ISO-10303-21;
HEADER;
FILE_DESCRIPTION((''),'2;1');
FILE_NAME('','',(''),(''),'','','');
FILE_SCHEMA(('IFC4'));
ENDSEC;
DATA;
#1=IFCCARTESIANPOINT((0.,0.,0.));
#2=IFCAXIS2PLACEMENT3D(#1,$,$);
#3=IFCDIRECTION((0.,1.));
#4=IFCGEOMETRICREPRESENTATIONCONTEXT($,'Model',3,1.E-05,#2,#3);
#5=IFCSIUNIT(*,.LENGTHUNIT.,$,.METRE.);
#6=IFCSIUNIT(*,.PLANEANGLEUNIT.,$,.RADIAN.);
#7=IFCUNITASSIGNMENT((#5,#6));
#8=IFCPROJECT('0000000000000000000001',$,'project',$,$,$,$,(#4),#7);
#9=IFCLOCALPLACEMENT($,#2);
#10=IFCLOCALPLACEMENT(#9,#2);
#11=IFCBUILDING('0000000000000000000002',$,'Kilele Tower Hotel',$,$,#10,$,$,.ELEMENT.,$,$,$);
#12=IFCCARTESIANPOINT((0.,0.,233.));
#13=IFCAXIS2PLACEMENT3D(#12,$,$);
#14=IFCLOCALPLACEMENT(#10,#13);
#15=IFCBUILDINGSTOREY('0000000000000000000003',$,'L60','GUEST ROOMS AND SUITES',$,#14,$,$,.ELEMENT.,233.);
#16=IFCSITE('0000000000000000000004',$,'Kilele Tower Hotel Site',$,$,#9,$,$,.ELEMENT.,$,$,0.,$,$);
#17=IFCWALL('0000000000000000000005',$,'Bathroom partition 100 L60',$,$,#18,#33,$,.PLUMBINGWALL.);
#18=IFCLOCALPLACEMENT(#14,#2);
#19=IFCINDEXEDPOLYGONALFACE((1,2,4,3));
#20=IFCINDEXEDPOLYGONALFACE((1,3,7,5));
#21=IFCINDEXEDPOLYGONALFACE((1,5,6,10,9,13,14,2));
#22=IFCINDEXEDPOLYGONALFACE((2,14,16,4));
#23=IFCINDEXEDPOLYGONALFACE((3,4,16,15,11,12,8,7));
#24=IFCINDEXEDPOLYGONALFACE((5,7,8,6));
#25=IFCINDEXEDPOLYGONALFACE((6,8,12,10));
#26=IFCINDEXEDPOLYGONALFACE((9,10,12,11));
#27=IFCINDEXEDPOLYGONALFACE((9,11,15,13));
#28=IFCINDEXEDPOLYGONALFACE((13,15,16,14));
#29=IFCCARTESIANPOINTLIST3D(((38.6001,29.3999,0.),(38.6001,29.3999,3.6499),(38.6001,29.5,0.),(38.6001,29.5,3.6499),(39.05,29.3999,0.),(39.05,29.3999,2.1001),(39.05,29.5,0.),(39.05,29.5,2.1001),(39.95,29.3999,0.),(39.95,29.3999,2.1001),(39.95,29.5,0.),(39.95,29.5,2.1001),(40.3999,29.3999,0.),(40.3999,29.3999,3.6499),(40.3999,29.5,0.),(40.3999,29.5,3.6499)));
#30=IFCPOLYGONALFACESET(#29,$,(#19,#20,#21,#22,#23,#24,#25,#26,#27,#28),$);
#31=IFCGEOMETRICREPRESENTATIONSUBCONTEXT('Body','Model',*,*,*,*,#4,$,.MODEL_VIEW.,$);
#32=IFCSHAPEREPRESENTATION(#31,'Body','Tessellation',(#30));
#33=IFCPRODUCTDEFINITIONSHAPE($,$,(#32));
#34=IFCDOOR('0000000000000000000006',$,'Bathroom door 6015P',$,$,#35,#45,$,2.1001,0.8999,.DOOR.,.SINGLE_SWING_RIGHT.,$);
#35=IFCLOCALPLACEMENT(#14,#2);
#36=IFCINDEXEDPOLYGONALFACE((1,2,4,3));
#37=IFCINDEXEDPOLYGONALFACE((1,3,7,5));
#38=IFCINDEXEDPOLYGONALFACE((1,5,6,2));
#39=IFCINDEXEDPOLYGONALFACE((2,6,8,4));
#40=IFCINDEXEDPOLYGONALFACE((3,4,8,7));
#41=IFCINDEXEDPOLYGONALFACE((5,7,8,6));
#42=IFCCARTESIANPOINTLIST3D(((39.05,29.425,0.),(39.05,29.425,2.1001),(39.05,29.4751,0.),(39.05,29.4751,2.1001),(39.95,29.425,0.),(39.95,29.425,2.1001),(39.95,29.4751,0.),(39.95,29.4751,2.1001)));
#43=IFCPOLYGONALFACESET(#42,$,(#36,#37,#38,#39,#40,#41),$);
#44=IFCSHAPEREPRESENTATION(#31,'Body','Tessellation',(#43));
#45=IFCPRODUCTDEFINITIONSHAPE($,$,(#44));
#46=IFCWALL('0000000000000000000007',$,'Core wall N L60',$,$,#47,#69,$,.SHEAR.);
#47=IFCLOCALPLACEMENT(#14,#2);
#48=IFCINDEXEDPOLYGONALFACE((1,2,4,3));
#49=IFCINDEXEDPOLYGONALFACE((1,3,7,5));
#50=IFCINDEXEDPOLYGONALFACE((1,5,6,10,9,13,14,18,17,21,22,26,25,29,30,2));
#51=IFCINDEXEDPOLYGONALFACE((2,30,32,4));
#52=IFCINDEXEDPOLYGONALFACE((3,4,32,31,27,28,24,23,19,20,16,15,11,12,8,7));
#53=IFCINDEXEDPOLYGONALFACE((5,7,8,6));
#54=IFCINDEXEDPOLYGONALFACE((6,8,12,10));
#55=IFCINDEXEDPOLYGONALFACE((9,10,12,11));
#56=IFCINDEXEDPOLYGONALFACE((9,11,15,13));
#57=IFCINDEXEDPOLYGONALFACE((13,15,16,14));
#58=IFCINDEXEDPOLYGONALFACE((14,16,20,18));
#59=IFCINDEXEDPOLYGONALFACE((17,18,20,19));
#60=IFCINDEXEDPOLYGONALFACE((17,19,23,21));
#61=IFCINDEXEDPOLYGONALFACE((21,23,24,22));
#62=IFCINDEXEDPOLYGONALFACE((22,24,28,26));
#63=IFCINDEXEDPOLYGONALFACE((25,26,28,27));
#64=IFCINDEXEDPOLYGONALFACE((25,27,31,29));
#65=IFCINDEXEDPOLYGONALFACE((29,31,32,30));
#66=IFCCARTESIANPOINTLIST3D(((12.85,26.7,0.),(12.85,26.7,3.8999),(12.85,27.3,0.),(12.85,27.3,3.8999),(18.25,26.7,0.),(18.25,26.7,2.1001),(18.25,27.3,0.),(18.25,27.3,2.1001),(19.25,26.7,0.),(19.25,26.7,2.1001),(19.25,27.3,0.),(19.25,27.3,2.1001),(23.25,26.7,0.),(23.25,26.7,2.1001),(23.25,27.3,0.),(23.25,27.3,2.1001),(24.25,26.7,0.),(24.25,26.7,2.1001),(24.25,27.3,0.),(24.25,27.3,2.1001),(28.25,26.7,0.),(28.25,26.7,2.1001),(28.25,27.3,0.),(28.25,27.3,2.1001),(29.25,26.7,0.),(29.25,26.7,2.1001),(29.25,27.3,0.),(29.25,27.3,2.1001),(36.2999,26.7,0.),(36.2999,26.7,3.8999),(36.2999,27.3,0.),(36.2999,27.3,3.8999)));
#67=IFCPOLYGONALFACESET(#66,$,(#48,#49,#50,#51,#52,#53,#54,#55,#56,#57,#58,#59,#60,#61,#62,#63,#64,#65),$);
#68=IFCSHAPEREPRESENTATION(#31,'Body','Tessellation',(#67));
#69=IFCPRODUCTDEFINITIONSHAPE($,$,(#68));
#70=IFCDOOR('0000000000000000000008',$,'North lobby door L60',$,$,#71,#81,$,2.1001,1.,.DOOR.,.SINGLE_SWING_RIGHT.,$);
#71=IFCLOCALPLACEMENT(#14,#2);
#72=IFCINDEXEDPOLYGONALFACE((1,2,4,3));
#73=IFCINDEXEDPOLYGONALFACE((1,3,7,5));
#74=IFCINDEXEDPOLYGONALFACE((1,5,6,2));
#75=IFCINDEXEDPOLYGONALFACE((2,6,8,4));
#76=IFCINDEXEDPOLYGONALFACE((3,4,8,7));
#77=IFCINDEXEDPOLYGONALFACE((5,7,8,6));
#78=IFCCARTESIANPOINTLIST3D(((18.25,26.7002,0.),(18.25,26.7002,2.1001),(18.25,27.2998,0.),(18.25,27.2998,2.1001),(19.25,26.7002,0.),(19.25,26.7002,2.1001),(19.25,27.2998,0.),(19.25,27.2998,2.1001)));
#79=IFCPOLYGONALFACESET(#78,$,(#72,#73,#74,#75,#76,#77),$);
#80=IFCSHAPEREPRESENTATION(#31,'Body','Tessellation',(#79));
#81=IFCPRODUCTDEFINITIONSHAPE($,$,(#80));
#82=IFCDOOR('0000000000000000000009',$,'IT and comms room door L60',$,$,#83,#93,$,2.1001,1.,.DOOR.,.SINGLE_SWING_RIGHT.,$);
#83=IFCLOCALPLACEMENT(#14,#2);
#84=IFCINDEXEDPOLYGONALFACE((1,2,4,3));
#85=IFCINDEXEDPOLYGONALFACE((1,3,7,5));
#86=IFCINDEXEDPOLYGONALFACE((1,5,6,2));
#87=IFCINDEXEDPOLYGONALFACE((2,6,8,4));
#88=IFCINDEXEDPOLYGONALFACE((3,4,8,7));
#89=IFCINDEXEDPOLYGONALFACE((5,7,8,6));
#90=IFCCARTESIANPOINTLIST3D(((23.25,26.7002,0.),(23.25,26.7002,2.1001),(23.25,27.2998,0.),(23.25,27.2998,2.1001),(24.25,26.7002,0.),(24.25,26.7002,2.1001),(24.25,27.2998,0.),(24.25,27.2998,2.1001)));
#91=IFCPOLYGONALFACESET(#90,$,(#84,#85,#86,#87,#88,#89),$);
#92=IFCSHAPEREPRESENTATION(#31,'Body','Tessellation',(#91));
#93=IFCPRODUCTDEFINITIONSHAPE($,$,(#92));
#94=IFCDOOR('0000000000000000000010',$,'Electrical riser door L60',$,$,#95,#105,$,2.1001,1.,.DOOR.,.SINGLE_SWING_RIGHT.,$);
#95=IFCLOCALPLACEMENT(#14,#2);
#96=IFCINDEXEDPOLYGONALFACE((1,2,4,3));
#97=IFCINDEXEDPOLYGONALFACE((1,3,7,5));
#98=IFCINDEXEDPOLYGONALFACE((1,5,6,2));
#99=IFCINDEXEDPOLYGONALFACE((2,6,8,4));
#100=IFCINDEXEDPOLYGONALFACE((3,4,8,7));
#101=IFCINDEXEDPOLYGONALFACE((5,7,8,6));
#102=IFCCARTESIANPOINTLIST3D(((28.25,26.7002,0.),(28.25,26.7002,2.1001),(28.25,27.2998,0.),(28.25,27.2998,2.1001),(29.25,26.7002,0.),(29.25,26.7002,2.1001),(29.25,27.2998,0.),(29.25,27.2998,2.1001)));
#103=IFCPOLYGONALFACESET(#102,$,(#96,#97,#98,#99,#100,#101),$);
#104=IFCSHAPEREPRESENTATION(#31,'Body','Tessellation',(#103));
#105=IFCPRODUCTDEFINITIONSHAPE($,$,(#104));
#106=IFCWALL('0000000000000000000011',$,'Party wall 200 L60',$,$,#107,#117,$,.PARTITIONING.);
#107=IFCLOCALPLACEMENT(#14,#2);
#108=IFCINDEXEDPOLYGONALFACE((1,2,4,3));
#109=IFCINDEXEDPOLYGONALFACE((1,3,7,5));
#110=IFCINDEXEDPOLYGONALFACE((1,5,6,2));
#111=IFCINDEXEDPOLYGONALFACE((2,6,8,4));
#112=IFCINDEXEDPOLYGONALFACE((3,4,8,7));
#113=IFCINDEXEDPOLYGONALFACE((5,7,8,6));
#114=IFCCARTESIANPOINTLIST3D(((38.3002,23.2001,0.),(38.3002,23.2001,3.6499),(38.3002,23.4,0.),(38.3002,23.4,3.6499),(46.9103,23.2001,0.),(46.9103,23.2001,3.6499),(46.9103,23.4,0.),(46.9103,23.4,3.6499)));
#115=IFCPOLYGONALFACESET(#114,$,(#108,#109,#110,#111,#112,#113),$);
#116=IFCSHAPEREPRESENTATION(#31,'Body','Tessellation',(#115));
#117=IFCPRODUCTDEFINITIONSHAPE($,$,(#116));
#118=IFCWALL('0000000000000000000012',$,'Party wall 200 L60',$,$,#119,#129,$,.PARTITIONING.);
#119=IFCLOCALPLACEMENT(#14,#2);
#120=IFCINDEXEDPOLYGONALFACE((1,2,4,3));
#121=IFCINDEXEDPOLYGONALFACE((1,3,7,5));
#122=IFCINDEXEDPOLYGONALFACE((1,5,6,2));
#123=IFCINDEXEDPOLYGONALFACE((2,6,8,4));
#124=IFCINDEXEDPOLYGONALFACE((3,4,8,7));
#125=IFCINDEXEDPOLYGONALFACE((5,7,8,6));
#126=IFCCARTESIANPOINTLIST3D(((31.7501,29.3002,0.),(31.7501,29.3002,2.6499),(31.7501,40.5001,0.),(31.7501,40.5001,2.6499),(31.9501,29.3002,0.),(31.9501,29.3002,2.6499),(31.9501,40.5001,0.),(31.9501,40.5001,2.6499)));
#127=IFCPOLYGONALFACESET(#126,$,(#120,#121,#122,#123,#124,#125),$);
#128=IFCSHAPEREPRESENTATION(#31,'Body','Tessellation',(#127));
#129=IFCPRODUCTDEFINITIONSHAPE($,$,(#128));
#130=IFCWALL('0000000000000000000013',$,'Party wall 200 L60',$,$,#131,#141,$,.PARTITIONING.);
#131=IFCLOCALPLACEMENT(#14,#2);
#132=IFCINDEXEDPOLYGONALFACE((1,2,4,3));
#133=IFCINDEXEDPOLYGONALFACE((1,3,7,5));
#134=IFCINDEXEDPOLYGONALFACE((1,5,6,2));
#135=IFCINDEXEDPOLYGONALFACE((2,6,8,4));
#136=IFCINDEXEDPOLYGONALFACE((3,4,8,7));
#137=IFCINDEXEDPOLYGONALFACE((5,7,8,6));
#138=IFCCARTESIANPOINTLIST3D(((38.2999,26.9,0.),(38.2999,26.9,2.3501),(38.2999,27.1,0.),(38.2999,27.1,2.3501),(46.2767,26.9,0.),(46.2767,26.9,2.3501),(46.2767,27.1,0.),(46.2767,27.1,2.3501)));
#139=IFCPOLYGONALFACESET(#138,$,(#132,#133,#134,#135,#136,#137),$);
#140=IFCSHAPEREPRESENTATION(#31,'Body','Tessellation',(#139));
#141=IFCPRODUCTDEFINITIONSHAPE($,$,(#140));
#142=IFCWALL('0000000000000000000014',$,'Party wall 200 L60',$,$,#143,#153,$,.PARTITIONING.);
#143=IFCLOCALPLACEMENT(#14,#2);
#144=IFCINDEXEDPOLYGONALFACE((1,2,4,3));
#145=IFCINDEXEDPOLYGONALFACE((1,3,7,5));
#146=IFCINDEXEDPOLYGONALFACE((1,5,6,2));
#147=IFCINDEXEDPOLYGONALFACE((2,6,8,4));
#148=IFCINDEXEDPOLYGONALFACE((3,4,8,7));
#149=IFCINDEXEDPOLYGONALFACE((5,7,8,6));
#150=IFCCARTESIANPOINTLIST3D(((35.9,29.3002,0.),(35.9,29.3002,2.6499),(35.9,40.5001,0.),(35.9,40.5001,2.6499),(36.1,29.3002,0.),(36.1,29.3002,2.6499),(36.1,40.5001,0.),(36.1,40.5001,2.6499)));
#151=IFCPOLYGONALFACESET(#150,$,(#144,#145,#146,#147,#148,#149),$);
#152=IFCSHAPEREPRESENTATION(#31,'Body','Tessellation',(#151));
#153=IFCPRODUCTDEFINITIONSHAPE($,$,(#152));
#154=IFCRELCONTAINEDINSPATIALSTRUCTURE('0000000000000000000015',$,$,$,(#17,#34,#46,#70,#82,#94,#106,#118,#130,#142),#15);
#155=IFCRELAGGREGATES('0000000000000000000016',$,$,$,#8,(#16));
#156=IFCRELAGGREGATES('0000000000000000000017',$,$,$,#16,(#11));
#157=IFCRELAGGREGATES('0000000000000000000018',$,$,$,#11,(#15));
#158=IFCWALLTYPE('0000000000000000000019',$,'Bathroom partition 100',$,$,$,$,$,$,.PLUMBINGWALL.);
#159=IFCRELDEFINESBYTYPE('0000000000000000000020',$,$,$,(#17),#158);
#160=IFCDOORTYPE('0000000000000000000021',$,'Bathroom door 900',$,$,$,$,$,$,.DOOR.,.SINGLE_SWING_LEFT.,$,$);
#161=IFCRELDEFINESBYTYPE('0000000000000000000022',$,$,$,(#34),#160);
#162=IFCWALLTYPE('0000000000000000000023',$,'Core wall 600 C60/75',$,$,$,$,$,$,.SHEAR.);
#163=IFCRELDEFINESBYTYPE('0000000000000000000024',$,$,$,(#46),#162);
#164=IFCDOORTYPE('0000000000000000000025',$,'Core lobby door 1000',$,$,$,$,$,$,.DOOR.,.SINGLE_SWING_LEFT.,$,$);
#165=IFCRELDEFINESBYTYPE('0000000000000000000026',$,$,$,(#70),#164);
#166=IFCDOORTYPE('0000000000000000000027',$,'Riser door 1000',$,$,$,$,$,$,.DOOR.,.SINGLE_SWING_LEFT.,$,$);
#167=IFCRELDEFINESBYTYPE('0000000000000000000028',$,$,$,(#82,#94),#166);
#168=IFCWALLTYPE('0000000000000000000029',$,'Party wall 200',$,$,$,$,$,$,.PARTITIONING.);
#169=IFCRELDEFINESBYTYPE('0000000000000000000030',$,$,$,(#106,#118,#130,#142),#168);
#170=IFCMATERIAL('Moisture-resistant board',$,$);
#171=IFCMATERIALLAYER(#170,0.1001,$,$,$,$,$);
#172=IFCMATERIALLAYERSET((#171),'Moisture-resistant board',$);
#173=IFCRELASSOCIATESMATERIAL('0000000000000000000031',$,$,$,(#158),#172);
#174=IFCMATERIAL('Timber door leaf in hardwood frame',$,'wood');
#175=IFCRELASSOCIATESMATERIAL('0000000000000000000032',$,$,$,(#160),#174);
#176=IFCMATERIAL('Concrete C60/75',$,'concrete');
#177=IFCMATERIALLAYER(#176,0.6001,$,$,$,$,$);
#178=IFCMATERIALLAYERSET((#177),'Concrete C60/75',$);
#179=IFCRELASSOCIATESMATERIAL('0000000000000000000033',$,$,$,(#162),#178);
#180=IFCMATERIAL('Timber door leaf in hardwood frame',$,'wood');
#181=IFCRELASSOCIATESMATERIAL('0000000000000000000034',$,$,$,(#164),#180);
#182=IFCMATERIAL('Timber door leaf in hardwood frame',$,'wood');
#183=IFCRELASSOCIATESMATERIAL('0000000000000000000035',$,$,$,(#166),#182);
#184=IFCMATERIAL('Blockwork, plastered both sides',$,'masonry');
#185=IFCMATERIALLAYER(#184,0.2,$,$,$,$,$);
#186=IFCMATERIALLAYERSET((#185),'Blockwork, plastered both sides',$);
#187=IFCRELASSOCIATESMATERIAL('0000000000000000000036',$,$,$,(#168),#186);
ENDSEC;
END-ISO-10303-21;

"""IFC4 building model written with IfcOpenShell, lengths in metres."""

from ifc_helpers import new_model, si_unit, direction, frame, frame_2d, origin, place, context, subcontext, project, spatial, rectangle, extrude, material, layer, layer_set, type_object, element, fill, save


model = new_model("IFC4")

# Units and contexts
model_context = context("Model", 3, precision=1e-05, world=origin(), true_north=direction((0.0, 1.0)))
body_context = subcontext(model_context, "Body", "Model", "MODEL_VIEW")
ifc_project = project(units=[si_unit("LENGTHUNIT", "METRE"), si_unit("PLANEANGLEUNIT", "RADIAN")], contexts=[model_context])

# Site, building, storey
site_placement = place(None, origin())
site = spatial("IfcSite", under=ifc_project, at=site_placement, Name="Kilele Tower Hotel Site", CompositionType="ELEMENT", RefElevation=0.0)
building_placement = place(site_placement, origin())
building = spatial("IfcBuilding", under=site, at=building_placement, Name="Kilele Tower Hotel", CompositionType="ELEMENT")
storey_placement = place(building_placement, frame((0.0, 0.0, 233.0)))
storey = spatial("IfcBuildingStorey", under=building, at=storey_placement, Name="L60", Description="GUEST ROOMS AND SUITES", CompositionType="ELEMENT", Elevation=233.0)

# Shared definitions
ifc_material_1 = material(Name="Moisture-resistant board")
ifc_layer_1 = layer(ifc_material_1, 0.1001)
ifc_layer_set_1 = layer_set([ifc_layer_1], Name="Moisture-resistant board")
wall_type_1 = type_object("IfcWallType", Name="Bathroom partition 100", PredefinedType="PLUMBINGWALL", material=ifc_layer_set_1)
ifc_material_2 = material(Name="Timber door leaf in hardwood frame", Category="wood")
door_type_1 = type_object("IfcDoorType", Name="Bathroom door 900", OperationType="SINGLE_SWING_LEFT", PredefinedType="DOOR", material=ifc_material_2)

# Wall, opening, door
wall_1_placement = place(storey_placement, frame((38.6001, 29.45, 0.0), z_axis=(0.0, 0.0, 1.0), x_axis=(1.0, 0.0, 0.0)))
wall_1 = element("IfcWall", 1, at=wall_1_placement, inside=storey, type_object=wall_type_1, Name="Bathroom partition 100 L60", PredefinedType="PLUMBINGWALL", context=body_context, shape_type="SweptSolid", body=[
    extrude(rectangle(XDim=1.7998, YDim=0.1001, at=frame_2d((0.8999, 0.0))), origin(), (0.0, 0.0, 1.0), 3.6499),
])
opening_1_placement = place(wall_1_placement, frame((1.3499, 0.0, 0.0), z_axis=(0.0, 0.0, 1.0), x_axis=(-1.0, 0.0, 0.0)))
opening_1 = element("IfcOpeningElement", 2, at=opening_1_placement, cuts=wall_1, PredefinedType="OPENING", context=body_context, shape_type="SweptSolid", body=[
    extrude(rectangle(XDim=0.8999, YDim=2.1001, at=frame_2d((0.45, 1.05))), frame((0.0, 0.0601, 0.0), z_axis=(0.0, -1.0, 0.0), x_axis=(1.0, 0.0, 0.0)), (0.0, 0.0, 1.0), 0.1201),
])
door_1_placement = place(opening_1_placement, origin())
door_1 = element("IfcDoor", 3, at=door_1_placement, inside=storey, type_object=door_type_1, Name="Bathroom door 6015P", OperationType="SINGLE_SWING_RIGHT", OverallHeight=2.1001, OverallWidth=0.8999, PredefinedType="DOOR", context=body_context, shape_type="SweptSolid", body=[
    extrude(rectangle(XDim=0.8999, YDim=2.1001, at=frame_2d((0.45, 1.05))), frame((0.0, 0.0249, 0.0), z_axis=(0.0, -1.0, 0.0), x_axis=(1.0, 0.0, 0.0)), (0.0, 0.0, 1.0), 0.05),
])
fill(opening_1, door_1)

# Wall, openings, doors
ifc_material_3 = material(Name="Concrete C60/75", Category="concrete")
ifc_layer_2 = layer(ifc_material_3, 0.6001)
ifc_layer_set_2 = layer_set([ifc_layer_2], Name="Concrete C60/75")
wall_type_2 = type_object("IfcWallType", Name="Core wall 600 C60/75", PredefinedType="SHEAR", material=ifc_layer_set_2)
wall_2_placement = place(storey_placement, frame((36.3, 27.0, 0.0), z_axis=(0.0, 0.0, 1.0), x_axis=(-1.0, 0.0, 0.0)))
wall_2 = element("IfcWall", 4, at=wall_2_placement, inside=storey, type_object=wall_type_2, Name="Core wall N L60", PredefinedType="SHEAR", context=body_context, shape_type="SweptSolid", body=[
    extrude(rectangle(XDim=23.45, YDim=0.6001, at=frame_2d((11.7251, 0.0))), origin(), (0.0, 0.0, 1.0), 3.8999),
])
opening_2_placement = place(wall_2_placement, frame((17.05, 0.0, 0.0)))
opening_2 = element("IfcOpeningElement", 5, at=opening_2_placement, cuts=wall_2, PredefinedType="OPENING", context=body_context, shape_type="SweptSolid", body=[
    extrude(rectangle(XDim=1.0, YDim=2.1001, at=frame_2d((0.5, 1.05))), frame((0.0, 0.3101, 0.0), z_axis=(0.0, -1.0, 0.0), x_axis=(1.0, 0.0, 0.0)), (0.0, 0.0, 1.0), 0.6201),
])
opening_3_placement = place(wall_2_placement, frame((12.05, 0.0, 0.0)))
opening_3 = element("IfcOpeningElement", 6, at=opening_3_placement, cuts=wall_2, PredefinedType="OPENING", context=body_context, shape_type="SweptSolid", body=[
    extrude(rectangle(XDim=1.0, YDim=2.1001, at=frame_2d((0.5, 1.05))), frame((0.0, 0.3101, 0.0), z_axis=(0.0, -1.0, 0.0), x_axis=(1.0, 0.0, 0.0)), (0.0, 0.0, 1.0), 0.6201),
])
opening_4_placement = place(wall_2_placement, frame((7.05, 0.0, 0.0)))
opening_4 = element("IfcOpeningElement", 7, at=opening_4_placement, cuts=wall_2, PredefinedType="OPENING", context=body_context, shape_type="SweptSolid", body=[
    extrude(rectangle(XDim=1.0, YDim=2.1001, at=frame_2d((0.5, 1.05))), frame((0.0, 0.3101, 0.0), z_axis=(0.0, -1.0, 0.0), x_axis=(1.0, 0.0, 0.0)), (0.0, 0.0, 1.0), 0.6201),
])
ifc_material_4 = material(Name="Timber door leaf in hardwood frame", Category="wood")
door_type_2 = type_object("IfcDoorType", Name="Core lobby door 1000", OperationType="SINGLE_SWING_LEFT", PredefinedType="DOOR", material=ifc_material_4)
door_2_placement = place(opening_2_placement, origin())
door_2 = element("IfcDoor", 8, at=door_2_placement, inside=storey, type_object=door_type_2, Name="North lobby door L60", OperationType="SINGLE_SWING_RIGHT", OverallHeight=2.1001, OverallWidth=1.0, PredefinedType="DOOR", context=body_context, shape_type="SweptSolid", body=[
    extrude(rectangle(XDim=1.0, YDim=2.1001, at=frame_2d((0.5, 1.05))), frame((0.0, 0.2998, 0.0), z_axis=(0.0, -1.0, 0.0), x_axis=(1.0, 0.0, 0.0)), (0.0, 0.0, 1.0), 0.5996),
])
fill(opening_2, door_2)
ifc_material_5 = material(Name="Timber door leaf in hardwood frame", Category="wood")
door_type_3 = type_object("IfcDoorType", Name="Riser door 1000", OperationType="SINGLE_SWING_LEFT", PredefinedType="DOOR", material=ifc_material_5)
door_3_placement = place(opening_3_placement, origin())
door_3 = element("IfcDoor", 9, at=door_3_placement, inside=storey, type_object=door_type_3, Name="IT and comms room door L60", OperationType="SINGLE_SWING_RIGHT", OverallHeight=2.1001, OverallWidth=1.0, PredefinedType="DOOR", context=body_context, shape_type="SweptSolid", body=[
    extrude(rectangle(XDim=1.0, YDim=2.1001, at=frame_2d((0.5, 1.05))), frame((0.0, 0.2998, 0.0), z_axis=(0.0, -1.0, 0.0), x_axis=(1.0, 0.0, 0.0)), (0.0, 0.0, 1.0), 0.5996),
])
fill(opening_3, door_3)
door_4_placement = place(opening_4_placement, origin())
door_4 = element("IfcDoor", 10, at=door_4_placement, inside=storey, type_object=door_type_3, Name="Electrical riser door L60", OperationType="SINGLE_SWING_RIGHT", OverallHeight=2.1001, OverallWidth=1.0, PredefinedType="DOOR", context=body_context, shape_type="SweptSolid", body=[
    extrude(rectangle(XDim=1.0, YDim=2.1001, at=frame_2d((0.5, 1.05))), frame((0.0, 0.2998, 0.0), z_axis=(0.0, -1.0, 0.0), x_axis=(1.0, 0.0, 0.0)), (0.0, 0.0, 1.0), 0.5996),
])
fill(opening_4, door_4)

# Walls
ifc_material_6 = material(Name="Blockwork, plastered both sides", Category="masonry")
ifc_layer_3 = layer(ifc_material_6, 0.2)
ifc_layer_set_3 = layer_set([ifc_layer_3], Name="Blockwork, plastered both sides")
wall_type_3 = type_object("IfcWallType", Name="Party wall 200", PredefinedType="PARTITIONING", material=ifc_layer_set_3)
wall_3_placement = place(storey_placement, frame((38.3, 23.3, 0.0), z_axis=(0.0, 0.0, 1.0), x_axis=(1.0, 0.0, 0.0)))
element("IfcWall", 11, at=wall_3_placement, inside=storey, type_object=wall_type_3, Name="Party wall 200 L60", PredefinedType="PARTITIONING", context=body_context, shape_type="SweptSolid", body=[
    extrude(rectangle(XDim=8.6101, YDim=0.2, at=frame_2d((4.3052, 0.0))), origin(), (0.0, 0.0, 1.0), 3.6499),
])
wall_4_placement = place(storey_placement, frame((31.8501, 29.3, 0.0), z_axis=(0.0, 0.0, 1.0), x_axis=(0.0, 1.0, 0.0)))
element("IfcWall", 12, at=wall_4_placement, inside=storey, type_object=wall_type_3, Name="Party wall 200 L60", PredefinedType="PARTITIONING", context=body_context, shape_type="SweptSolid", body=[
    extrude(rectangle(XDim=11.2, YDim=0.2, at=frame_2d((5.6001, 0.0))), origin(), (0.0, 0.0, 1.0), 2.6499),
])
wall_5_placement = place(storey_placement, frame((38.3, 27.0, 0.0), z_axis=(0.0, 0.0, 1.0), x_axis=(1.0, 0.0, 0.0)))
element("IfcWall", 13, at=wall_5_placement, inside=storey, type_object=wall_type_3, Name="Party wall 200 L60", PredefinedType="PARTITIONING", context=body_context, shape_type="SweptSolid", body=[
    extrude(rectangle(XDim=7.9768, YDim=0.2, at=frame_2d((3.9883, 0.0))), origin(), (0.0, 0.0, 1.0), 2.3501),
])
wall_6_placement = place(storey_placement, frame((36.0, 29.3, 0.0), z_axis=(0.0, 0.0, 1.0), x_axis=(0.0, 1.0, 0.0)))
element("IfcWall", 14, at=wall_6_placement, inside=storey, type_object=wall_type_3, Name="Party wall 200 L60", PredefinedType="PARTITIONING", context=body_context, shape_type="SweptSolid", body=[
    extrude(rectangle(XDim=11.2, YDim=0.2, at=frame_2d((5.6001, 0.0))), origin(), (0.0, 0.0, 1.0), 2.6499),
])

save(model, "model.ifc")
